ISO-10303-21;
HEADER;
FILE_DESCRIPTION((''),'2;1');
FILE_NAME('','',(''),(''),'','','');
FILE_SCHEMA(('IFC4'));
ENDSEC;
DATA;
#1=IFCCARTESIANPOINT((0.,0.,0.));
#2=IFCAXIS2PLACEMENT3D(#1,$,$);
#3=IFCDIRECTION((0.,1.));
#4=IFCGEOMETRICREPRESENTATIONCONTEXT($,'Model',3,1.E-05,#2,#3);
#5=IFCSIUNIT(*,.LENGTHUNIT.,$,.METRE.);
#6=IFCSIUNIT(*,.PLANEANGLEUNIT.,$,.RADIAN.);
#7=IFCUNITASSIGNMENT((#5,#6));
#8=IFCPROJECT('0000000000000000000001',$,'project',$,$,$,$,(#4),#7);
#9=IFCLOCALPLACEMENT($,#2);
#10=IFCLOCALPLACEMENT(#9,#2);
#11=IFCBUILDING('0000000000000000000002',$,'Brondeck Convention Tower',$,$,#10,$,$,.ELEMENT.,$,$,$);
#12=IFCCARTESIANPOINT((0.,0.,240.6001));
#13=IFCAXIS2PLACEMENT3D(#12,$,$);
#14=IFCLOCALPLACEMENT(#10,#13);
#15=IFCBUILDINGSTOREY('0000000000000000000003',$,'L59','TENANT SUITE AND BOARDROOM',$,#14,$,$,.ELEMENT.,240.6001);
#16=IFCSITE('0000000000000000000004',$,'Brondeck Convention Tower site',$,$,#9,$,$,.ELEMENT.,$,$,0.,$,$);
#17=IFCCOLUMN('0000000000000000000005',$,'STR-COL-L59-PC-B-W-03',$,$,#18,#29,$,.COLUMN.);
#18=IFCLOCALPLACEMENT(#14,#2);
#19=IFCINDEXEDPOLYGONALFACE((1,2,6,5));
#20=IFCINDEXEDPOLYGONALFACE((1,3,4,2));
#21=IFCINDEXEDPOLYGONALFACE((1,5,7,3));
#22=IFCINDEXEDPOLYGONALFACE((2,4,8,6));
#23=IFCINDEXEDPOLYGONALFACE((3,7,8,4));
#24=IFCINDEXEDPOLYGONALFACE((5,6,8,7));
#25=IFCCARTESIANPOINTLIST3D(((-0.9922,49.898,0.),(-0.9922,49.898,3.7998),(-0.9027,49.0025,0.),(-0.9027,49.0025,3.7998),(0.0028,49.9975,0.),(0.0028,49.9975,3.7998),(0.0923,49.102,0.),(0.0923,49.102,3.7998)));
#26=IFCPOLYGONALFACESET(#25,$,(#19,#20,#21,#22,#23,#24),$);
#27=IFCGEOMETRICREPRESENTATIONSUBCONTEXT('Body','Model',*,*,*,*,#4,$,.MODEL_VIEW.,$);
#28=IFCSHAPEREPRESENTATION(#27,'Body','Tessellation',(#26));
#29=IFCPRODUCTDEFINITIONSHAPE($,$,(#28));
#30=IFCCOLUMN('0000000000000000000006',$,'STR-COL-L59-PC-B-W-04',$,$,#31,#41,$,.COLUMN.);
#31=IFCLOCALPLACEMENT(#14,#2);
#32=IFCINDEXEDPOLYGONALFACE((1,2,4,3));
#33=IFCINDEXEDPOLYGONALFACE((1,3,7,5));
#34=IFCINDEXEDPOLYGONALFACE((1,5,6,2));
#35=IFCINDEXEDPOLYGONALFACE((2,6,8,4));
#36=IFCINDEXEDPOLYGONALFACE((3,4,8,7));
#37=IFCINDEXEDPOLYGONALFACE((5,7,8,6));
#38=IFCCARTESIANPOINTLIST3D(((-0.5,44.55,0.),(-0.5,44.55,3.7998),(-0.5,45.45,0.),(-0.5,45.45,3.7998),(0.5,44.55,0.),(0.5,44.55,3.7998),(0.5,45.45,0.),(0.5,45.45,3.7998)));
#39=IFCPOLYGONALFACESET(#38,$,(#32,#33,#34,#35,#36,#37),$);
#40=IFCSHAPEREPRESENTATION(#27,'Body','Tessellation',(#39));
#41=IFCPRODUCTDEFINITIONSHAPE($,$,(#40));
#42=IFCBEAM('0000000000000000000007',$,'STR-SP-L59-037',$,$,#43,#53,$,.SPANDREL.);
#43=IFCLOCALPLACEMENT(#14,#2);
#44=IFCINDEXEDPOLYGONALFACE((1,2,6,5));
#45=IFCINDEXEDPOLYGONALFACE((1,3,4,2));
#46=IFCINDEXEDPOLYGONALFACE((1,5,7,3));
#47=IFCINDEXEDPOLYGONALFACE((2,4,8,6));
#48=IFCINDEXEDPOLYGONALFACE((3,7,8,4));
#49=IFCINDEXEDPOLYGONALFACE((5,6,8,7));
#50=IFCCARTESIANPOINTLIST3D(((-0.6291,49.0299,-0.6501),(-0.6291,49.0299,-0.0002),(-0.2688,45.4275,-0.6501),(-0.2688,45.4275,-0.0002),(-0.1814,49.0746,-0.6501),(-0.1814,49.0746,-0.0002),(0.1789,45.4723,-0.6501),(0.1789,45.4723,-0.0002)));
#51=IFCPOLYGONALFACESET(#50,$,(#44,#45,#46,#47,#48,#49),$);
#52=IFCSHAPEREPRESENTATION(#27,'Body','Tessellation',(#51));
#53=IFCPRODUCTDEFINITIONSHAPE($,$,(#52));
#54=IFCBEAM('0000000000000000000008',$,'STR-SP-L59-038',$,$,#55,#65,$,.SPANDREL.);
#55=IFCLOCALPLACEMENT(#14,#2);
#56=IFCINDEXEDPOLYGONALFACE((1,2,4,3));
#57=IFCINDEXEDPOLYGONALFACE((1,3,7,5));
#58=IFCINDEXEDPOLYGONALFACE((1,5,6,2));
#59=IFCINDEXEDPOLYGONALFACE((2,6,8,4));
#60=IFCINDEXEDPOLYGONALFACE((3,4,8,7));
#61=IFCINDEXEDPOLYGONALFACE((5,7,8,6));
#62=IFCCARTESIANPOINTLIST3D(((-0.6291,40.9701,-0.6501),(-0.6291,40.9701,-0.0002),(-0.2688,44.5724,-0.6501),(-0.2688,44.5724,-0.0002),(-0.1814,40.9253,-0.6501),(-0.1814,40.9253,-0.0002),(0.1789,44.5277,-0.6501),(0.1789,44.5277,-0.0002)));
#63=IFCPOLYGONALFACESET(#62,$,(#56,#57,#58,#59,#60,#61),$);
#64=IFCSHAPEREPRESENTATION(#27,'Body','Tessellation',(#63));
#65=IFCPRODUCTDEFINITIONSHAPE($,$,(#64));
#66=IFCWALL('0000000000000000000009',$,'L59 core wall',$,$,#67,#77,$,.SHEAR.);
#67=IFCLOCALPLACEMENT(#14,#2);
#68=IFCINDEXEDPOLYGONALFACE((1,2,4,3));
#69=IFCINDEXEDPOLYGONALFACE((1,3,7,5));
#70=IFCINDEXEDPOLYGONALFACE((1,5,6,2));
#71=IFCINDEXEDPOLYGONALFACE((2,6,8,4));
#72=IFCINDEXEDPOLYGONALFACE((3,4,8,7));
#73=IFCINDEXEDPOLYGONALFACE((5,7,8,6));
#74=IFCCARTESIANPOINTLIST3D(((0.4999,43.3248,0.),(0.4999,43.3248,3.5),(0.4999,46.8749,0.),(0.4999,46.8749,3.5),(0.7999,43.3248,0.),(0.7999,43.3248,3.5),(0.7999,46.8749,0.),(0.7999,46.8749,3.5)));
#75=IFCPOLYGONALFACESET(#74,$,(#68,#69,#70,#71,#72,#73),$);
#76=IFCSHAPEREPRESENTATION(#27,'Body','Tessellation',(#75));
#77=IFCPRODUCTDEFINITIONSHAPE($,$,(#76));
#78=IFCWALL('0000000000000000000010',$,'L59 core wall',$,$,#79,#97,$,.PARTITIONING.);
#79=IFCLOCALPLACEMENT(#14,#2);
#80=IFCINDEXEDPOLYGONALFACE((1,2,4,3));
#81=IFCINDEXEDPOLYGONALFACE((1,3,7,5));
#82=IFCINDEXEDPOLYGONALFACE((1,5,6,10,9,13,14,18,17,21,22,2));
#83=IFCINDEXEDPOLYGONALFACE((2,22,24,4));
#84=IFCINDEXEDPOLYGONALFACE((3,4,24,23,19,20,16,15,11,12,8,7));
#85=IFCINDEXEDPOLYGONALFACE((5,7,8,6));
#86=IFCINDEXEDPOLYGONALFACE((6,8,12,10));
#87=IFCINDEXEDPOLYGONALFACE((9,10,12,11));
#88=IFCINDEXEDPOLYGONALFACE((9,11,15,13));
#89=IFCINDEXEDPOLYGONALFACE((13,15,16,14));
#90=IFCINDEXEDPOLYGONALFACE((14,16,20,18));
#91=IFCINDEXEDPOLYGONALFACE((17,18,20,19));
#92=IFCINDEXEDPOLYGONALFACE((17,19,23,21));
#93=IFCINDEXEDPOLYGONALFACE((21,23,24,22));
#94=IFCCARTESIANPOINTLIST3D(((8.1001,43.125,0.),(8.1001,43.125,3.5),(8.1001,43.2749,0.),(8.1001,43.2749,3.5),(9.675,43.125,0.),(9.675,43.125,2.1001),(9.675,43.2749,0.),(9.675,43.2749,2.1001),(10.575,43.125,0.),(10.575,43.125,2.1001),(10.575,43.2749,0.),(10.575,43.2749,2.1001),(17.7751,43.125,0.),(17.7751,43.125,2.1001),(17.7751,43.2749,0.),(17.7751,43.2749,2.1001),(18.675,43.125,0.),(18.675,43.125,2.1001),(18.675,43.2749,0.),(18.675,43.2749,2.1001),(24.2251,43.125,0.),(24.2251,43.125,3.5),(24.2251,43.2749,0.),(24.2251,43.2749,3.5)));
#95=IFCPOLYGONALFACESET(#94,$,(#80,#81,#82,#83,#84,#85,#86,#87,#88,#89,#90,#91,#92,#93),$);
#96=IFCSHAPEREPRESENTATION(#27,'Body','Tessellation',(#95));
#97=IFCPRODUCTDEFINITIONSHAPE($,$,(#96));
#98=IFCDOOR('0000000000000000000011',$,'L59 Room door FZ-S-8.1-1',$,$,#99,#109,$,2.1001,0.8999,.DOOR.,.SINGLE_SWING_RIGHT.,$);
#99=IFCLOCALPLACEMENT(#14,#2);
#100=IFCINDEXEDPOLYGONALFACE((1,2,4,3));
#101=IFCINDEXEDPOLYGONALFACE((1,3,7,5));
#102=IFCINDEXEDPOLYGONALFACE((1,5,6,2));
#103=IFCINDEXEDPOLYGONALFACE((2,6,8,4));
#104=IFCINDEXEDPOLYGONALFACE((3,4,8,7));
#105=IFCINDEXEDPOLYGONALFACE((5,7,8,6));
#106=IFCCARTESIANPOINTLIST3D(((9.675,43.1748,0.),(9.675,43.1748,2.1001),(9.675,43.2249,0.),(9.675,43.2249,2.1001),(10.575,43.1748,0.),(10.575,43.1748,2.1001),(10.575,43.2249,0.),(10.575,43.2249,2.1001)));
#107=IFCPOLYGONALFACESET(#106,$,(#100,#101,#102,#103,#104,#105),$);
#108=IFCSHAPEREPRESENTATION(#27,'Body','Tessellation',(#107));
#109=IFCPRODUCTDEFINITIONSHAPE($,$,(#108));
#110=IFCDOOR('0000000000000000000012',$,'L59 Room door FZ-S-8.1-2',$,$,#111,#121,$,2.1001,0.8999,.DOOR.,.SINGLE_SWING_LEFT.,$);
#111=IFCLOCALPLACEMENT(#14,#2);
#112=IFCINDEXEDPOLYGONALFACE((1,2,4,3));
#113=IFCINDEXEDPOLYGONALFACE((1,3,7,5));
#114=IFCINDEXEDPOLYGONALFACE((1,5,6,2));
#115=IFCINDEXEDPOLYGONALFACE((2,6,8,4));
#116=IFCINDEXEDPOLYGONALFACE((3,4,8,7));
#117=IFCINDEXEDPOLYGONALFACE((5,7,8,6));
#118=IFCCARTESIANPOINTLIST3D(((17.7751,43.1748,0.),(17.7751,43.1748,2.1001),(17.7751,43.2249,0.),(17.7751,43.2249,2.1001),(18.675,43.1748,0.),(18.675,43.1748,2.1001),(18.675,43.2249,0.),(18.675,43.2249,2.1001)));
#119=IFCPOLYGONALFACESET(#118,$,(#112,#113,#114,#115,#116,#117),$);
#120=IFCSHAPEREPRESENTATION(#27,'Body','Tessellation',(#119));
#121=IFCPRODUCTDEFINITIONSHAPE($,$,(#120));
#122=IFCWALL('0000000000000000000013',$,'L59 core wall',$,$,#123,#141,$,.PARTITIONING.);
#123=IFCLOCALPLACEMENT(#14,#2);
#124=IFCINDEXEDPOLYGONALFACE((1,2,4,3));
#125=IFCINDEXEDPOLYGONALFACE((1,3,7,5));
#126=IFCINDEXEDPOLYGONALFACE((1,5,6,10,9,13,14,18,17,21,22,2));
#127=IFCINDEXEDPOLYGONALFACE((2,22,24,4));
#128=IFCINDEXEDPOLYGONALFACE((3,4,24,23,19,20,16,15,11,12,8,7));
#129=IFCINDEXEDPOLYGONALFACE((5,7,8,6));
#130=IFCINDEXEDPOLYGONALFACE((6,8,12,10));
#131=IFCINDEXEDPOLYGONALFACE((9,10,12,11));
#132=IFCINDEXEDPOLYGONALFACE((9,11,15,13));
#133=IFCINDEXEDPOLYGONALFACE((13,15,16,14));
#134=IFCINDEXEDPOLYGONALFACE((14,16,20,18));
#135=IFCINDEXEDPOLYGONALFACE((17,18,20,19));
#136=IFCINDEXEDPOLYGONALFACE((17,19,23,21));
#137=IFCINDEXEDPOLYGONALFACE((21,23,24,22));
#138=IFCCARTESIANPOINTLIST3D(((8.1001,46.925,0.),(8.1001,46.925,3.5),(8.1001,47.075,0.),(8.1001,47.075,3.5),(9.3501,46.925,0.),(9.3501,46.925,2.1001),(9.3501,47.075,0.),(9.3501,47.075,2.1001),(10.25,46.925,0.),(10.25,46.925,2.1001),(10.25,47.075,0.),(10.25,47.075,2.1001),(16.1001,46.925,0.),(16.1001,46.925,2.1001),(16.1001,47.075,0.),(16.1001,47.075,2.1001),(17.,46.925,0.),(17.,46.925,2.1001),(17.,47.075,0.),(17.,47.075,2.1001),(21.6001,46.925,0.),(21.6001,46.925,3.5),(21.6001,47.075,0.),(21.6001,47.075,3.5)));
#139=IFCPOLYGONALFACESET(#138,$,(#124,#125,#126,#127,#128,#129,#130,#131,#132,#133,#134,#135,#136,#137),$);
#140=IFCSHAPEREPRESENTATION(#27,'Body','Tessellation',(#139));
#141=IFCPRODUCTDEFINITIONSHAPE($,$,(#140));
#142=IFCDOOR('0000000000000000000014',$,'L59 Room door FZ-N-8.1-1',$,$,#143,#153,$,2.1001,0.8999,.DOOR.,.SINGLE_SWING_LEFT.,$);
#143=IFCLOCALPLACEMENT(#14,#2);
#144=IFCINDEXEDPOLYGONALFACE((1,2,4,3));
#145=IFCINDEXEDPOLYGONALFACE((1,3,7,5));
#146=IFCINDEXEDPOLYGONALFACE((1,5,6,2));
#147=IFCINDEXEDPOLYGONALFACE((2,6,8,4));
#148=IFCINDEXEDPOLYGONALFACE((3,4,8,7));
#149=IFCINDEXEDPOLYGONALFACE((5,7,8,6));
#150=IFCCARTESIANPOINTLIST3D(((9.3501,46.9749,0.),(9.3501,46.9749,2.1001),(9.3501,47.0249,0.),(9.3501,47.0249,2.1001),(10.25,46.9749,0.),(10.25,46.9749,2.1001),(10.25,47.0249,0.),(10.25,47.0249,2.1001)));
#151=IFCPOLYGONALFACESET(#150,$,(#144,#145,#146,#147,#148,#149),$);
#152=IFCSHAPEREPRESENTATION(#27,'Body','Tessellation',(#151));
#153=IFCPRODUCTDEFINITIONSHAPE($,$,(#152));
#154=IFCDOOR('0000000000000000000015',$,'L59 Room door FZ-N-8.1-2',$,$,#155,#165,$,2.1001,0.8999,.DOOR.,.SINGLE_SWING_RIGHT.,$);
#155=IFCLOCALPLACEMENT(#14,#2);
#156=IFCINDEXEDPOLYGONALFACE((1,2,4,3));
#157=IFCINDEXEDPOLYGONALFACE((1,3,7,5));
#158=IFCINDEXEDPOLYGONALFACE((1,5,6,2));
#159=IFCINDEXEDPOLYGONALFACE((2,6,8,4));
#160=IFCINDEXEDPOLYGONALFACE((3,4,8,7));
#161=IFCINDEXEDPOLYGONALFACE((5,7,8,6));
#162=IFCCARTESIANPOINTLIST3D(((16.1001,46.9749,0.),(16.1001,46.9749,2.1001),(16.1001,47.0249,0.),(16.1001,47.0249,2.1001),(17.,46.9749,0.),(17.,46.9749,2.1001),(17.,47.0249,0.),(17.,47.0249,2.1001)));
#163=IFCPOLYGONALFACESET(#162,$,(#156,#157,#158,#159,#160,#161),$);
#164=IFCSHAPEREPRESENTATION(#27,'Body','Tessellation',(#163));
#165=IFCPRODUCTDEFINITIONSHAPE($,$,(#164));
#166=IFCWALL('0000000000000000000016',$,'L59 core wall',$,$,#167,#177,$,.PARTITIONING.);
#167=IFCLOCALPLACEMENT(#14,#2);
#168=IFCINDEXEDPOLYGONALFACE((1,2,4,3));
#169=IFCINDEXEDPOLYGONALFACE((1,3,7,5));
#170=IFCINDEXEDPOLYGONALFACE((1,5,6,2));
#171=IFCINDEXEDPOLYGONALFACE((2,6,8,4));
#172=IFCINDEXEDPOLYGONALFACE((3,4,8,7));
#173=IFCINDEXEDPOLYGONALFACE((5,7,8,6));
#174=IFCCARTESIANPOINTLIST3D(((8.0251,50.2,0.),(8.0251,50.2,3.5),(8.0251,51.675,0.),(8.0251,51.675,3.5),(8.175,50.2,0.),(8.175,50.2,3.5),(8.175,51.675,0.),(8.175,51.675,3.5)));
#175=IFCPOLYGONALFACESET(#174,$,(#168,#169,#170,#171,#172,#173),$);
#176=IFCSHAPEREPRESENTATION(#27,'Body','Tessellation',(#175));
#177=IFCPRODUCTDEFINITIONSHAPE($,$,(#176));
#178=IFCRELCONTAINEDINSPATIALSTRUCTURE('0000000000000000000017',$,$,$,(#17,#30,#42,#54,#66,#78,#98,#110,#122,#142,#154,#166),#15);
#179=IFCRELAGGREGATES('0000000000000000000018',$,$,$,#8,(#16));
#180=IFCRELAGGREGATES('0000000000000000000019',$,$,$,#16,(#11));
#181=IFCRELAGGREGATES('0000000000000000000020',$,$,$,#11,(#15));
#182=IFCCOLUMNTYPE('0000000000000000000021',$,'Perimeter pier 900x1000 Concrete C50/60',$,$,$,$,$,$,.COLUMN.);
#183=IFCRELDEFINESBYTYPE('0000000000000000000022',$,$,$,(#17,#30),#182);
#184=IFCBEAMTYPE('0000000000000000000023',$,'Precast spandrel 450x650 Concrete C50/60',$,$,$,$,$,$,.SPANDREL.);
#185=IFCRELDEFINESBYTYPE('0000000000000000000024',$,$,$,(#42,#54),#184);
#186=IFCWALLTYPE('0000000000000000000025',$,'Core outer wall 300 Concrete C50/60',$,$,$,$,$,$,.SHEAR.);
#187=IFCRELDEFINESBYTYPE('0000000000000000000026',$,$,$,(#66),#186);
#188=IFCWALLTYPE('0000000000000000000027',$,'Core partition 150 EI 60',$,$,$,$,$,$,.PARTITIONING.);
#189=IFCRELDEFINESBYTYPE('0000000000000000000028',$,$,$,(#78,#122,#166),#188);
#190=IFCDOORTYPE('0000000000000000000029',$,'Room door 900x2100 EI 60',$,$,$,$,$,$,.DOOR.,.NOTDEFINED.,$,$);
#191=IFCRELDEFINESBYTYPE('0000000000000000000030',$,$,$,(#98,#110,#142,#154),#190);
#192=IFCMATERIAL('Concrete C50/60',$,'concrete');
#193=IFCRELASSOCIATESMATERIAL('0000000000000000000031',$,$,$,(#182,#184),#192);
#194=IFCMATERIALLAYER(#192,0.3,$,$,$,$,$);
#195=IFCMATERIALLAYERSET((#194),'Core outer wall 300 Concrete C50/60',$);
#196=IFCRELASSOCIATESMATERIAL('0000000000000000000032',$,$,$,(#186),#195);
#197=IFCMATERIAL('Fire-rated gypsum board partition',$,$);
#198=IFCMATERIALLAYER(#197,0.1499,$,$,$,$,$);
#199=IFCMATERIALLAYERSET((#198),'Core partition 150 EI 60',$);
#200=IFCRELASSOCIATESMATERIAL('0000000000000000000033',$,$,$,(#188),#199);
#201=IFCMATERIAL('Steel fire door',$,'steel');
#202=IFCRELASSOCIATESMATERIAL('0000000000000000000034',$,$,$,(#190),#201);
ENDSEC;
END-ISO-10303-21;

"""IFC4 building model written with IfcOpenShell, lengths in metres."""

from ifc_helpers import new_model, si_unit, direction, frame, frame_2d, origin, origin_2d, place, context, subcontext, project, spatial, rectangle, extrude, material, layer, layer_set, material_profile, profile_set, type_object, element, fill, save


model = new_model("IFC4")

# Units and contexts
model_context = context("Model", 3, precision=1e-05, world=origin(), true_north=direction((0.0, 1.0)))
body_context = subcontext(model_context, "Body", "Model", "MODEL_VIEW")
ifc_project = project(units=[si_unit("LENGTHUNIT", "METRE"), si_unit("PLANEANGLEUNIT", "RADIAN")], contexts=[model_context])

# Site, building, storey
site_placement = place(None, origin())
site = spatial("IfcSite", under=ifc_project, at=site_placement, Name="Brondeck Convention Tower site", CompositionType="ELEMENT", RefElevation=0.0)
building_placement = place(site_placement, origin())
building = spatial("IfcBuilding", under=site, at=building_placement, Name="Brondeck Convention Tower", CompositionType="ELEMENT")
storey_placement = place(building_placement, frame((0.0, 0.0, 240.6001)))
storey = spatial("IfcBuildingStorey", under=building, at=storey_placement, Name="L59", Description="TENANT SUITE AND BOARDROOM", CompositionType="ELEMENT", Elevation=240.6001)

# Columns
ifc_material_1 = material(Name="Concrete C50/60", Category="concrete")
ifc_material_profile_1 = material_profile(ifc_material_1, rectangle(XDim=0.8999, YDim=1.0, at=origin_2d()), Name="Perimeter pier 900x1000 Concrete C50/60")
ifc_profile_set_1 = profile_set([ifc_material_profile_1], Name="Concrete C50/60")
column_type = type_object("IfcColumnType", Name="Perimeter pier 900x1000 Concrete C50/60", PredefinedType="COLUMN", material=ifc_profile_set_1)
for number, where, z_axis, x_axis, name in (
    (1, (-0.45, 49.5, 0.0), (0.0, 0.0, 1.0), (0.099504, -0.995037, 0.0), "STR-COL-L59-PC-B-W-03"),
    (2, (0.0, 45.0, 0.0), (0.0, 0.0, 1.0), (0.0, -1.0, 0.0), "STR-COL-L59-PC-B-W-04"),
):
    element("IfcColumn", number, at=place(storey_placement, frame(where, z_axis=z_axis, x_axis=x_axis)), inside=storey, type_object=column_type, Name=name, PredefinedType="COLUMN", context=body_context, shape_type="SweptSolid", body=[
        extrude(rectangle(XDim=0.8999, YDim=1.0, at=origin_2d()), origin(), (0.0, 0.0, 1.0), 3.7998),
    ])

# Beams
ifc_material_profile_2 = material_profile(ifc_material_1, rectangle(XDim=0.45, YDim=0.6499, at=origin_2d()), Name="Precast spandrel 450x650 Concrete C50/60")
ifc_profile_set_2 = profile_set([ifc_material_profile_2], Name="Concrete C50/60")
beam_type = type_object("IfcBeamType", Name="Precast spandrel 450x650 Concrete C50/60", PredefinedType="SPANDREL", material=ifc_profile_set_2)
for number, where, z_axis, x_axis, name in (
    (3, (-0.4053, 49.0522, -0.3252), (0.099537, -0.995034, 0.0), (0.995034, 0.099537, 0.0), "STR-SP-L59-037"),
    (4, (-0.0449, 44.55, -0.3252), (-0.099537, -0.995034, 0.0), (0.995034, -0.099537, 0.0), "STR-SP-L59-038"),
):
    element("IfcBeam", number, at=place(storey_placement, frame(where, z_axis=z_axis, x_axis=x_axis)), inside=storey, type_object=beam_type, Name=name, PredefinedType="SPANDREL", context=body_context, shape_type="SweptSolid", body=[
        extrude(rectangle(XDim=0.45, YDim=0.6499, at=origin_2d()), origin(), (0.0, 0.0, 1.0), 3.6204),
    ])

# Wall
ifc_layer_1 = layer(ifc_material_1, 0.3)
ifc_layer_set_1 = layer_set([ifc_layer_1], Name="Core outer wall 300 Concrete C50/60")
wall_type_1 = type_object("IfcWallType", Name="Core outer wall 300 Concrete C50/60", PredefinedType="SHEAR", material=ifc_layer_set_1)
wall_1_placement = place(storey_placement, frame((0.6499, 43.325, 0.0), z_axis=(0.0, 0.0, 1.0), x_axis=(0.0, 1.0, 0.0)))
element("IfcWall", 5, at=wall_1_placement, inside=storey, type_object=wall_type_1, Name="L59 core wall", PredefinedType="SHEAR", context=body_context, shape_type="SweptSolid", body=[
    extrude(rectangle(XDim=3.55, YDim=0.3, at=frame_2d((1.7749, 0.0))), origin(), (0.0, 0.0, 1.0), 3.5),
])

# Walls, openings, doors
ifc_material_2 = material(Name="Fire-rated gypsum board partition")
ifc_layer_2 = layer(ifc_material_2, 0.1499)
ifc_layer_set_2 = layer_set([ifc_layer_2], Name="Core partition 150 EI 60")
wall_type_2 = type_object("IfcWallType", Name="Core partition 150 EI 60", PredefinedType="PARTITIONING", material=ifc_layer_set_2)
wall_2_placement = place(storey_placement, frame((8.1001, 43.2, 0.0), z_axis=(0.0, 0.0, 1.0), x_axis=(1.0, 0.0, 0.0)))
wall_2 = element("IfcWall", 6, at=wall_2_placement, inside=storey, type_object=wall_type_2, Name="L59 core wall", PredefinedType="PARTITIONING", context=body_context, shape_type="SweptSolid", body=[
    extrude(rectangle(XDim=16.125, YDim=0.1499, at=frame_2d((8.0625, 0.0))), origin(), (0.0, 0.0, 1.0), 3.5),
])
opening_1_placement = place(wall_2_placement, frame((1.575, 0.0, 0.0)))
opening_1 = element("IfcOpeningElement", 7, at=opening_1_placement, cuts=wall_2, PredefinedType="OPENING", context=body_context, shape_type="SweptSolid", body=[
    extrude(rectangle(XDim=0.8999, YDim=2.1001, at=frame_2d((0.45, 1.05))), frame((0.0, 0.085, 0.0), z_axis=(0.0, -1.0, 0.0), x_axis=(1.0, 0.0, 0.0)), (0.0, 0.0, 1.0), 0.1699),
])
opening_2_placement = place(wall_2_placement, frame((9.675, 0.0, 0.0)))
opening_2 = element("IfcOpeningElement", 8, at=opening_2_placement, cuts=wall_2, PredefinedType="OPENING", context=body_context, shape_type="SweptSolid", body=[
    extrude(rectangle(XDim=0.8999, YDim=2.1001, at=frame_2d((0.45, 1.05))), frame((0.0, 0.085, 0.0), z_axis=(0.0, -1.0, 0.0), x_axis=(1.0, 0.0, 0.0)), (0.0, 0.0, 1.0), 0.1699),
])
ifc_material_3 = material(Name="Steel fire door", Category="steel")
door_type_1 = type_object("IfcDoorType", Name="Room door 900x2100 EI 60", OperationType="NOTDEFINED", PredefinedType="DOOR", material=ifc_material_3)
door_1_placement = place(opening_1_placement, origin())
door_1 = element("IfcDoor", 9, at=door_1_placement, inside=storey, type_object=door_type_1, Name="L59 Room door FZ-S-8.1-1", OperationType="SINGLE_SWING_RIGHT", OverallHeight=2.1001, OverallWidth=0.8999, PredefinedType="DOOR", context=body_context, shape_type="SweptSolid", body=[
    extrude(rectangle(XDim=0.8999, YDim=2.1001, at=frame_2d((0.45, 1.05))), frame((0.0, 0.0249, 0.0), z_axis=(0.0, -1.0, 0.0), x_axis=(1.0, 0.0, 0.0)), (0.0, 0.0, 1.0), 0.05),
])
fill(opening_1, door_1)
door_2_placement = place(opening_2_placement, origin())
door_2 = element("IfcDoor", 10, at=door_2_placement, inside=storey, type_object=door_type_1, Name="L59 Room door FZ-S-8.1-2", OperationType="SINGLE_SWING_LEFT", OverallHeight=2.1001, OverallWidth=0.8999, PredefinedType="DOOR", context=body_context, shape_type="SweptSolid", body=[
    extrude(rectangle(XDim=0.8999, YDim=2.1001, at=frame_2d((0.45, 1.05))), frame((0.0, 0.0249, 0.0), z_axis=(0.0, -1.0, 0.0), x_axis=(1.0, 0.0, 0.0)), (0.0, 0.0, 1.0), 0.05),
])
fill(opening_2, door_2)
wall_3_placement = place(storey_placement, frame((8.1001, 47.0, 0.0), z_axis=(0.0, 0.0, 1.0), x_axis=(1.0, 0.0, 0.0)))
wall_3 = element("IfcWall", 11, at=wall_3_placement, inside=storey, type_object=wall_type_2, Name="L59 core wall", PredefinedType="PARTITIONING", context=body_context, shape_type="SweptSolid", body=[
    extrude(rectangle(XDim=13.5, YDim=0.1499, at=frame_2d((6.75, 0.0))), origin(), (0.0, 0.0, 1.0), 3.5),
])
opening_3_placement = place(wall_3_placement, frame((1.25, 0.0, 0.0)))
opening_3 = element("IfcOpeningElement", 12, at=opening_3_placement, cuts=wall_3, PredefinedType="OPENING", context=body_context, shape_type="SweptSolid", body=[
    extrude(rectangle(XDim=0.8999, YDim=2.1001, at=frame_2d((0.45, 1.05))), frame((0.0, 0.085, 0.0), z_axis=(0.0, -1.0, 0.0), x_axis=(1.0, 0.0, 0.0)), (0.0, 0.0, 1.0), 0.1699),
])
opening_4_placement = place(wall_3_placement, frame((8.0, 0.0, 0.0)))
opening_4 = element("IfcOpeningElement", 13, at=opening_4_placement, cuts=wall_3, PredefinedType="OPENING", context=body_context, shape_type="SweptSolid", body=[
    extrude(rectangle(XDim=0.8999, YDim=2.1001, at=frame_2d((0.45, 1.05))), frame((0.0, 0.085, 0.0), z_axis=(0.0, -1.0, 0.0), x_axis=(1.0, 0.0, 0.0)), (0.0, 0.0, 1.0), 0.1699),
])
door_3_placement = place(opening_3_placement, origin())
door_3 = element("IfcDoor", 14, at=door_3_placement, inside=storey, type_object=door_type_1, Name="L59 Room door FZ-N-8.1-1", OperationType="SINGLE_SWING_LEFT", OverallHeight=2.1001, OverallWidth=0.8999, PredefinedType="DOOR", context=body_context, shape_type="SweptSolid", body=[
    extrude(rectangle(XDim=0.8999, YDim=2.1001, at=frame_2d((0.45, 1.05))), frame((0.0, 0.0249, 0.0), z_axis=(0.0, -1.0, 0.0), x_axis=(1.0, 0.0, 0.0)), (0.0, 0.0, 1.0), 0.05),
])
fill(opening_3, door_3)
door_4_placement = place(opening_4_placement, origin())
door_4 = element("IfcDoor", 15, at=door_4_placement, inside=storey, type_object=door_type_1, Name="L59 Room door FZ-N-8.1-2", OperationType="SINGLE_SWING_RIGHT", OverallHeight=2.1001, OverallWidth=0.8999, PredefinedType="DOOR", context=body_context, shape_type="SweptSolid", body=[
    extrude(rectangle(XDim=0.8999, YDim=2.1001, at=frame_2d((0.45, 1.05))), frame((0.0, 0.0249, 0.0), z_axis=(0.0, -1.0, 0.0), x_axis=(1.0, 0.0, 0.0)), (0.0, 0.0, 1.0), 0.05),
])
fill(opening_4, door_4)

# Wall
wall_4_placement = place(storey_placement, frame((8.1001, 50.2, 0.0), z_axis=(0.0, 0.0, 1.0), x_axis=(0.0, 1.0, 0.0)))
element("IfcWall", 16, at=wall_4_placement, inside=storey, type_object=wall_type_2, Name="L59 core wall", PredefinedType="PARTITIONING", context=body_context, shape_type="SweptSolid", body=[
    extrude(rectangle(XDim=1.4751, YDim=0.1499, at=frame_2d((0.7375, 0.0))), origin(), (0.0, 0.0, 1.0), 3.5),
])

save(model, "model.ifc")
